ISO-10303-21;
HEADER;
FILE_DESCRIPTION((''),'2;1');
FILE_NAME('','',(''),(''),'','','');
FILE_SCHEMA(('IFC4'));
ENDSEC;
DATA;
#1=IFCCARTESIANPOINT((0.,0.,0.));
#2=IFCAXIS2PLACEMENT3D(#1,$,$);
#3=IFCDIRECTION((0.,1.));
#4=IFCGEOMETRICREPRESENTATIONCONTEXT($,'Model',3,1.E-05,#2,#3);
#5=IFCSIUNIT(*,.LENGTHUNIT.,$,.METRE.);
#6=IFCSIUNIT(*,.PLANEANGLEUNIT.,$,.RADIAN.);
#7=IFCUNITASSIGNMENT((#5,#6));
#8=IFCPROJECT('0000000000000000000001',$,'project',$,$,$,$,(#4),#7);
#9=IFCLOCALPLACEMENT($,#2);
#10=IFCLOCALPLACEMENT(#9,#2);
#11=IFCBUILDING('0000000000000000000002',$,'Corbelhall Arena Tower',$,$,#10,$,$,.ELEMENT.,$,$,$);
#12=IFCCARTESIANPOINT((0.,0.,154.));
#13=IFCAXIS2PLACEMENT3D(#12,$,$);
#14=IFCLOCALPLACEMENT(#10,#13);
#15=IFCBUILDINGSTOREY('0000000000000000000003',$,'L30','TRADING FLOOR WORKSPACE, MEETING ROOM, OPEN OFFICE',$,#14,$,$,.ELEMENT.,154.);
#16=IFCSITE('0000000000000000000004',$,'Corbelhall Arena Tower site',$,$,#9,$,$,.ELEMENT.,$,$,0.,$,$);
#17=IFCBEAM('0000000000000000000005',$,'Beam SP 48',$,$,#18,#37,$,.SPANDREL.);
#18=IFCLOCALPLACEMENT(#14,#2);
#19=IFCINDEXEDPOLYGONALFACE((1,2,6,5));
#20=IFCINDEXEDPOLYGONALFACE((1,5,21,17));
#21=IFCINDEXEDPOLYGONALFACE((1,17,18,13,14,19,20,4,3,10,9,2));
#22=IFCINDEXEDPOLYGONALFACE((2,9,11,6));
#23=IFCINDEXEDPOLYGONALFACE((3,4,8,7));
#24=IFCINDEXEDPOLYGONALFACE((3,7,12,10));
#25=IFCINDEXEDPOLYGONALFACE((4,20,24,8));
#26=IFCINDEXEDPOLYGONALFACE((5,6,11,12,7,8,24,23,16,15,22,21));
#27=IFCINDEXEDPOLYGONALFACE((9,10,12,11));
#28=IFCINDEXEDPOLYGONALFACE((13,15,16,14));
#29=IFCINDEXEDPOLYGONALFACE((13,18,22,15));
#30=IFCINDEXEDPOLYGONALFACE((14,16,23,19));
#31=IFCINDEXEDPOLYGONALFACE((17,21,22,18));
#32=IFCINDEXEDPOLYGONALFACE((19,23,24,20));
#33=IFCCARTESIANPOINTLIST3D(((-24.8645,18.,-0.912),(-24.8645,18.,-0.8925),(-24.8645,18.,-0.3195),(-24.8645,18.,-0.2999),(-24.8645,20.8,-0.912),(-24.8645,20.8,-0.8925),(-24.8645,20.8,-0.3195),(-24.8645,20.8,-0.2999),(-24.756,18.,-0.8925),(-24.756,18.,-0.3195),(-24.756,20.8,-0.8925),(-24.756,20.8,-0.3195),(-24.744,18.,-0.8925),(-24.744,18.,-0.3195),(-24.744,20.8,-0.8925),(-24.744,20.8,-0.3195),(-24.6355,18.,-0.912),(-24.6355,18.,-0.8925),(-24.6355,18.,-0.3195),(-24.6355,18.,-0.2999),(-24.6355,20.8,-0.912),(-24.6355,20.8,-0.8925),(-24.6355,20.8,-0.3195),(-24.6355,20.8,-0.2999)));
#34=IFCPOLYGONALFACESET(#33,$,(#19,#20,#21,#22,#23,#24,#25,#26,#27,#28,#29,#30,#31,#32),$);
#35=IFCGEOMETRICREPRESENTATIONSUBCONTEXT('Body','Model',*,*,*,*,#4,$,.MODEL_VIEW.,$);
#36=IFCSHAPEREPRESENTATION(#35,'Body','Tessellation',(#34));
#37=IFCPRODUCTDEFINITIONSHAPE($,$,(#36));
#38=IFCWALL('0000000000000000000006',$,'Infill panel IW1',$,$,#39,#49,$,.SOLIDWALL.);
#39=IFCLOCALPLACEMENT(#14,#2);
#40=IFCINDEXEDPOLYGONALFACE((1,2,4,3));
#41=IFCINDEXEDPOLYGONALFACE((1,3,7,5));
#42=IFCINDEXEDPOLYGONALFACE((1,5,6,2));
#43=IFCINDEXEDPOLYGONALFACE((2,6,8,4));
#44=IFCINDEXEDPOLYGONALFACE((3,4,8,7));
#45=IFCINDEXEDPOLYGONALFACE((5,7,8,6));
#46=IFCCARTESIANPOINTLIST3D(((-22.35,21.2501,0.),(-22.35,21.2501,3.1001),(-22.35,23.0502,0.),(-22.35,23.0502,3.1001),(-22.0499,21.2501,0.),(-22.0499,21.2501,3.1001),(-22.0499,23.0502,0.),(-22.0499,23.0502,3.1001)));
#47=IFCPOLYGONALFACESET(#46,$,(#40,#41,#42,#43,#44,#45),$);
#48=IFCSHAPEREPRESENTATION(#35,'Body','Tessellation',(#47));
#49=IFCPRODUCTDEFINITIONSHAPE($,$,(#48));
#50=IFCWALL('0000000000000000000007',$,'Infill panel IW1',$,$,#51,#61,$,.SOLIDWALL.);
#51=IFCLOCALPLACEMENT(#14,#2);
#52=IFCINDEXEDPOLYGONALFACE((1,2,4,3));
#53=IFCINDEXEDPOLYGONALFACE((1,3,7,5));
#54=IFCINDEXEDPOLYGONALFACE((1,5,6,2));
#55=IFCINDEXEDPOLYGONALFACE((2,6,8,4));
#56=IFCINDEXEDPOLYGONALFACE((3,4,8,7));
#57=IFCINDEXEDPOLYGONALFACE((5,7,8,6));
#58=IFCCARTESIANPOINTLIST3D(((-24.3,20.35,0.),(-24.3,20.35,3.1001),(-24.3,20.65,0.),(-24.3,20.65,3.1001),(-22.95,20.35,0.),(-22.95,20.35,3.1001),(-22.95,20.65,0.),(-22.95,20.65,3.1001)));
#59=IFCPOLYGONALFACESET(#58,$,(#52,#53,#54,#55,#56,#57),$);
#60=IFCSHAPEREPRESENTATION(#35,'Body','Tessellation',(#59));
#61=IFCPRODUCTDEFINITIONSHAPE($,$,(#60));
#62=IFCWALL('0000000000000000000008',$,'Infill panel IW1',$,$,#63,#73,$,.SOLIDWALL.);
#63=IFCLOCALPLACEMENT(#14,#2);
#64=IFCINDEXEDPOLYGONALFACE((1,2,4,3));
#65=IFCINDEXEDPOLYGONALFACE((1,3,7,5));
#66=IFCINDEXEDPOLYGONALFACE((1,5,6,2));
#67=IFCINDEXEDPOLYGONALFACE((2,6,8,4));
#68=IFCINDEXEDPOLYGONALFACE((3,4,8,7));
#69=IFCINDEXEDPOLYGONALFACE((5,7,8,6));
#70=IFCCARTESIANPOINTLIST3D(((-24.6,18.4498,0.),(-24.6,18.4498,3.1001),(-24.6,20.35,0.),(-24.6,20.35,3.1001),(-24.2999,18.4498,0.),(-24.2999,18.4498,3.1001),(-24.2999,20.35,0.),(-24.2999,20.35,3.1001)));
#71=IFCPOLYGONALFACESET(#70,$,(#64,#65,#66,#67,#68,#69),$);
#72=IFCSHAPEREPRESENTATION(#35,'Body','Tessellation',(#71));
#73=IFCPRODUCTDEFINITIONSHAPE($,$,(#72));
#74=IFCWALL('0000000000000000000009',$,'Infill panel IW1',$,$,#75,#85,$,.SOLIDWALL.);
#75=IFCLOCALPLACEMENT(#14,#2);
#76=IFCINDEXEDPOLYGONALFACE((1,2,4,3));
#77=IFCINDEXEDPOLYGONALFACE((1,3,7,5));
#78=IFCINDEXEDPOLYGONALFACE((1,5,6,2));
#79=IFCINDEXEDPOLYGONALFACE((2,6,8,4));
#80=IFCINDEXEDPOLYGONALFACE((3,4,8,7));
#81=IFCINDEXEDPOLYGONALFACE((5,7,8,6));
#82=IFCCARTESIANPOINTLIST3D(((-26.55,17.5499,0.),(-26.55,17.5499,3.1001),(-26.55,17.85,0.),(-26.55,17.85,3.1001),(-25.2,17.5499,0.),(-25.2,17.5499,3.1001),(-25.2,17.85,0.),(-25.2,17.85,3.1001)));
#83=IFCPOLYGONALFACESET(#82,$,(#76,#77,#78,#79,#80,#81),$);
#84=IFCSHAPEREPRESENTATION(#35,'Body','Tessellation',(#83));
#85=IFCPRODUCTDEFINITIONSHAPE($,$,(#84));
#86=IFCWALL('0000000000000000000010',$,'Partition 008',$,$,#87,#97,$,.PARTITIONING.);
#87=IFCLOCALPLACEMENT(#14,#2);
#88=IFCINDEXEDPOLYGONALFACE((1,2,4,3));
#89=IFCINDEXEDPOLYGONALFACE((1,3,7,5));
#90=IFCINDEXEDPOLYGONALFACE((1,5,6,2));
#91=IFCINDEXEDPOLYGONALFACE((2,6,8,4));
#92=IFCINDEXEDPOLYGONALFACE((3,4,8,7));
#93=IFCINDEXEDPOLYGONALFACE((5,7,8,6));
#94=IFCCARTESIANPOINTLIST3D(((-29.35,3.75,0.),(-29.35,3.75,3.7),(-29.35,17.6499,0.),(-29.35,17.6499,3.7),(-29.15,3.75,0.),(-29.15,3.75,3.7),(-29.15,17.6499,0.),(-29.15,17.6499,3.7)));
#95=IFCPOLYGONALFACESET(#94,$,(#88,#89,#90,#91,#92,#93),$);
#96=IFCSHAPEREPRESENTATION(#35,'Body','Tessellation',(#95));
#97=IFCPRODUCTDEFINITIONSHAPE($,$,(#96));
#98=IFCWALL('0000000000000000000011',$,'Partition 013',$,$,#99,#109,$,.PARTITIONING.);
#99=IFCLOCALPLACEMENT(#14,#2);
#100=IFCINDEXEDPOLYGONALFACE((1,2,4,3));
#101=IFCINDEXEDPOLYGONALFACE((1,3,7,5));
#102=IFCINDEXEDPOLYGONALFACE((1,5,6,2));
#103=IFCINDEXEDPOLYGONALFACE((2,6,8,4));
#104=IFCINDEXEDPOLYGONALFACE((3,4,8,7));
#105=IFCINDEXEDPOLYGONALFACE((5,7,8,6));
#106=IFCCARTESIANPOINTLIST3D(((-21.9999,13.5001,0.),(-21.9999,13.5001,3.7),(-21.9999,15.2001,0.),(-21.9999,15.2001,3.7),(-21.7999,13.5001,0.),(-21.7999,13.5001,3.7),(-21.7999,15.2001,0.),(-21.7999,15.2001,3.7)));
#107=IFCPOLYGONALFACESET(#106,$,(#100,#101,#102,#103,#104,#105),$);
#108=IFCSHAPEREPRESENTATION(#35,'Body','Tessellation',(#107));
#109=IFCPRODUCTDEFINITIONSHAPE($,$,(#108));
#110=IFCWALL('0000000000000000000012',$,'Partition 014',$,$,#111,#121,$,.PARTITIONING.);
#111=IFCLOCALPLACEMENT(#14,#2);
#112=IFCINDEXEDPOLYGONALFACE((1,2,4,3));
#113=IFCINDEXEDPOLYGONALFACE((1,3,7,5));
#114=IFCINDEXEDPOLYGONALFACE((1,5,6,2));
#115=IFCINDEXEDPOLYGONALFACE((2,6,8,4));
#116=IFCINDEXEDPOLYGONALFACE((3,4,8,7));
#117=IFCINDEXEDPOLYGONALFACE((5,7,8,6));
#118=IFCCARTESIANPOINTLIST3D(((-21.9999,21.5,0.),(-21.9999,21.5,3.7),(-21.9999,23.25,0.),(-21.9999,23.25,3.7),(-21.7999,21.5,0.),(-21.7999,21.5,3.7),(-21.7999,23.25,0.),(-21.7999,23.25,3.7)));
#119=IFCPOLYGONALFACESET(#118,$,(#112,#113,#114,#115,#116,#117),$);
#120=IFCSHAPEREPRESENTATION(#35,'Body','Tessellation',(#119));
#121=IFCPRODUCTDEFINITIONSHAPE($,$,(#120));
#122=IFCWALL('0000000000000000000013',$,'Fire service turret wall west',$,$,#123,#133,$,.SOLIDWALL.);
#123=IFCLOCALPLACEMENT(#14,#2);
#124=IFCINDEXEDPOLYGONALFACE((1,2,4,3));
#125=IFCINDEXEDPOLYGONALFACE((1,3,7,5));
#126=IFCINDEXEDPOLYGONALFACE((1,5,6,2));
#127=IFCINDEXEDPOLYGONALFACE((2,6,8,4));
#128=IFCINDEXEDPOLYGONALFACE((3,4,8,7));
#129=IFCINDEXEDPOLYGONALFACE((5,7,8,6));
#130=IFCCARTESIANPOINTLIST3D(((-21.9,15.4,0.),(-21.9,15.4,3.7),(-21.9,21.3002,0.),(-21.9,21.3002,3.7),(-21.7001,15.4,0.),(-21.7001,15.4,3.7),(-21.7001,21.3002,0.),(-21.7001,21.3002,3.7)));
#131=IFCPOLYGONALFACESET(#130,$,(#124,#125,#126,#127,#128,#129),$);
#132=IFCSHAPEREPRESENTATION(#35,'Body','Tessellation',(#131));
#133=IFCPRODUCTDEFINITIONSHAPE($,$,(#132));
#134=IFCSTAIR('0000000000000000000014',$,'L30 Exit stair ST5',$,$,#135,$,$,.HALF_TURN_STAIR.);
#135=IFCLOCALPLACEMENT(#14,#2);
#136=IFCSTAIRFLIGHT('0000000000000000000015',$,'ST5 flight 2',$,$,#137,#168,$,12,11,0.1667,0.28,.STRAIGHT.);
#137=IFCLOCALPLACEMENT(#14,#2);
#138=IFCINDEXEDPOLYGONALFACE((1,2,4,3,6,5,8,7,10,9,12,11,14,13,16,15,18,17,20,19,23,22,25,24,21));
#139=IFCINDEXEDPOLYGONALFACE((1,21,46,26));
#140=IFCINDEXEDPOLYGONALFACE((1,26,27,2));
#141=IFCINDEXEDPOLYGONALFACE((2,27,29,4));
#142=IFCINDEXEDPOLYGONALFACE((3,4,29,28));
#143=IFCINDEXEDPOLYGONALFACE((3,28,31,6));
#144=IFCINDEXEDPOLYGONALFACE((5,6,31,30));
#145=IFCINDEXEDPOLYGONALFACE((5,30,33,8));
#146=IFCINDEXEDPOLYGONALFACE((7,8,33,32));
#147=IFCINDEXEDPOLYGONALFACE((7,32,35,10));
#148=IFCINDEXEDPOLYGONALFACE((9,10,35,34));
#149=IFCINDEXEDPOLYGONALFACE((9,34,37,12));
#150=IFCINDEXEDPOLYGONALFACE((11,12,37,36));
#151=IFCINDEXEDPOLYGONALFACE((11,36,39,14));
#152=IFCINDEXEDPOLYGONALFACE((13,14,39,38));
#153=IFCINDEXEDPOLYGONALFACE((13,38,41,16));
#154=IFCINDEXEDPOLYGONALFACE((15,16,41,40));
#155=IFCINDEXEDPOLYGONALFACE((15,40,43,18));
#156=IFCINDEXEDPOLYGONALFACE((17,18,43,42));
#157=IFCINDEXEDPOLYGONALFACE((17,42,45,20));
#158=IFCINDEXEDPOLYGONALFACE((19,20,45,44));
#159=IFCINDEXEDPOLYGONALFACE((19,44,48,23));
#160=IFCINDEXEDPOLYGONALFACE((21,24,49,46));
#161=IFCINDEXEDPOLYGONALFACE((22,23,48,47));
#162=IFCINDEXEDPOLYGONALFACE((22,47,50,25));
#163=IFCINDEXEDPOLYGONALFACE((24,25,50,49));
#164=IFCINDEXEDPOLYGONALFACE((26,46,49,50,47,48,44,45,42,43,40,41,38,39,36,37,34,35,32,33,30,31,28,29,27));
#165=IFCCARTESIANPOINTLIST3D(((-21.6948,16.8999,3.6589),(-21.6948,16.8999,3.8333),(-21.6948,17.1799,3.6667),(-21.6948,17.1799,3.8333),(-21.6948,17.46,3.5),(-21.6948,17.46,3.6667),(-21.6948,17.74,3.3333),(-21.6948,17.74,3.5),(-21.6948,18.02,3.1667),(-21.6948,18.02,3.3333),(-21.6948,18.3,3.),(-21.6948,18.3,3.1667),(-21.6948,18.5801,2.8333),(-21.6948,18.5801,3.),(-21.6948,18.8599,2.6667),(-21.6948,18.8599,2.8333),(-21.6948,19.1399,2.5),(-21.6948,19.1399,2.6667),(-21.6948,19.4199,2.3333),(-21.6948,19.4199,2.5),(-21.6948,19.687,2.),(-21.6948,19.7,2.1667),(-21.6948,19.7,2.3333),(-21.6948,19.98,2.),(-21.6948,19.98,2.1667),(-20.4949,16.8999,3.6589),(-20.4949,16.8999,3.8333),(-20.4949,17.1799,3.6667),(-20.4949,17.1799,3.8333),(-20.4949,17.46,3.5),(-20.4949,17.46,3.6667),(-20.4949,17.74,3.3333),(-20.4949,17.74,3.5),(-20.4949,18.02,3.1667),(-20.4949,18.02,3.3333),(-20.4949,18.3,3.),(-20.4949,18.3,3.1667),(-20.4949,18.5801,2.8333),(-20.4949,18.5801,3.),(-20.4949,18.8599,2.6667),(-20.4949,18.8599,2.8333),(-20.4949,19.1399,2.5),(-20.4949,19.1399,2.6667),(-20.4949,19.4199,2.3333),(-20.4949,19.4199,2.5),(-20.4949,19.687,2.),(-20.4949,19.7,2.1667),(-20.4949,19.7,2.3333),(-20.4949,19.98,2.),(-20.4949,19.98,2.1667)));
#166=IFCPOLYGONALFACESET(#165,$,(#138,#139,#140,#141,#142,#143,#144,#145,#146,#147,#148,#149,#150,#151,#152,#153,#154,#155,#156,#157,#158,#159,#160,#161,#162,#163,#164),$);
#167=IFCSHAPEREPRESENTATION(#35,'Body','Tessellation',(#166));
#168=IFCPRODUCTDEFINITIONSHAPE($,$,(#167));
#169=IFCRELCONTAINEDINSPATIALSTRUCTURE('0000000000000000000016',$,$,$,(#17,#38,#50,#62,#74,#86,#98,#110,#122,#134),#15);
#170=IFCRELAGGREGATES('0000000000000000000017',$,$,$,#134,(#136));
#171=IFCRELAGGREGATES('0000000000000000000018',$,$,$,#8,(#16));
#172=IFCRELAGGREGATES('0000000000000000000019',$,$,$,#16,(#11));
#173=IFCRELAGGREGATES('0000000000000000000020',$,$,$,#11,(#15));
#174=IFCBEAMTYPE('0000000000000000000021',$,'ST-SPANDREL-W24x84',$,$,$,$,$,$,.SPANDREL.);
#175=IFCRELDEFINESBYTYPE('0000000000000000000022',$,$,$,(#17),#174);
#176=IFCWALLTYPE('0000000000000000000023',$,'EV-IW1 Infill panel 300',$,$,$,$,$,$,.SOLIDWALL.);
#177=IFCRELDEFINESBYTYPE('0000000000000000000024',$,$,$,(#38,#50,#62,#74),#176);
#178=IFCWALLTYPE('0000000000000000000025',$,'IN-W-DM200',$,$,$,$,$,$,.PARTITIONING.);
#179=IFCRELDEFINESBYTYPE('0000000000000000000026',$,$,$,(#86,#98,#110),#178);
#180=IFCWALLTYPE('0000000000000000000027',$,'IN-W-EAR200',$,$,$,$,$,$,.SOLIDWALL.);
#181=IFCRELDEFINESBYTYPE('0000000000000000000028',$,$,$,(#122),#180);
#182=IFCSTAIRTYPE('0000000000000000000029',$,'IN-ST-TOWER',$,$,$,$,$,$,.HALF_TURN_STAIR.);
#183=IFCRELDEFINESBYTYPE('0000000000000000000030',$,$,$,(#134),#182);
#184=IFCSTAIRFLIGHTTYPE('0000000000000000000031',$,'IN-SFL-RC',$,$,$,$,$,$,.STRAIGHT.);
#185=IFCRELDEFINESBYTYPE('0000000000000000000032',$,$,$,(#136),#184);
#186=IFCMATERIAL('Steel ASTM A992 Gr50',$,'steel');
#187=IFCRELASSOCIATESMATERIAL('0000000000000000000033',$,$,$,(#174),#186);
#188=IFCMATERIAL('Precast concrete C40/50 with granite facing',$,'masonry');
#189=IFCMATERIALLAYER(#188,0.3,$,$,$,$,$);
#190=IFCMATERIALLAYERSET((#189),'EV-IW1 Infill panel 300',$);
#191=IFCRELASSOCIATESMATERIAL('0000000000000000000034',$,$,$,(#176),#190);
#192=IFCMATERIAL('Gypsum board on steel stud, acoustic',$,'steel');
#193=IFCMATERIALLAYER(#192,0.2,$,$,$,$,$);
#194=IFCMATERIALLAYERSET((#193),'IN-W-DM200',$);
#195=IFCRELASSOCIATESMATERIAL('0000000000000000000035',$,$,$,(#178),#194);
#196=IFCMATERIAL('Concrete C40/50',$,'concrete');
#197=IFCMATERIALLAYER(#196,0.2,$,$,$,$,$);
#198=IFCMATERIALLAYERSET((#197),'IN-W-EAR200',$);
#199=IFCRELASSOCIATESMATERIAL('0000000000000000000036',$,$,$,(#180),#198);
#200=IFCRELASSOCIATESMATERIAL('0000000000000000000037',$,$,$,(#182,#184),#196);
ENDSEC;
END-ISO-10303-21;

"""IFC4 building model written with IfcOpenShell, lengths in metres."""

from ifc_helpers import new_model, si_unit, direction, frame, frame_2d, origin, origin_2d, place, context, subcontext, project, spatial, polyline, rectangle, i_section, outline, extrude, material, layer, layer_set, material_profile, profile_set, type_object, element, aggregate, save


model = new_model("IFC4")

# Units and contexts
model_context = context("Model", 3, precision=1e-05, world=origin(), true_north=direction((0.0, 1.0)))
body_context = subcontext(model_context, "Body", "Model", "MODEL_VIEW")
ifc_project = project(units=[si_unit("LENGTHUNIT", "METRE"), si_unit("PLANEANGLEUNIT", "RADIAN")], contexts=[model_context])

# Site, building, storey
site_placement = place(None, origin())
site = spatial("IfcSite", under=ifc_project, at=site_placement, Name="Corbelhall Arena Tower site", CompositionType="ELEMENT", RefElevation=0.0)
building_placement = place(site_placement, origin())
building = spatial("IfcBuilding", under=site, at=building_placement, Name="Corbelhall Arena Tower", CompositionType="ELEMENT")
storey_placement = place(building_placement, frame((0.0, 0.0, 154.0)))
storey = spatial("IfcBuildingStorey", under=building, at=storey_placement, Name="L30", Description="TRADING FLOOR WORKSPACE, MEETING ROOM, OPEN OFFICE", CompositionType="ELEMENT", Elevation=154.0)

# Beam
ifc_material_1 = material(Name="Steel ASTM A992 Gr50", Category="steel")
ifc_material_profile_1 = material_profile(ifc_material_1, i_section(OverallWidth=0.229, OverallDepth=0.6121, WebThickness=0.012, FlangeThickness=0.0195, at=origin_2d()))
ifc_profile_set_1 = profile_set([ifc_material_profile_1], Name="Steel ASTM A992 Gr50")
beam_type = type_object("IfcBeamType", Name="ST-SPANDREL-W24x84", PredefinedType="SPANDREL", material=ifc_profile_set_1)
beam_1_placement = place(storey_placement, frame((-24.75, 18.0, -0.606), z_axis=(0.0, 1.0, 0.0), x_axis=(-1.0, 0.0, 0.0)))
element("IfcBeam", 1, at=beam_1_placement, inside=storey, type_object=beam_type, Name="Beam SP 48", PredefinedType="SPANDREL", context=body_context, shape_type="SweptSolid", body=[
    extrude(i_section(OverallWidth=0.229, OverallDepth=0.6121, WebThickness=0.012, FlangeThickness=0.0195, at=origin_2d()), origin(), (0.0, 0.0, 1.0), 2.8),
])

# Walls
ifc_material_2 = material(Name="Precast concrete C40/50 with granite facing", Category="masonry")
ifc_layer_1 = layer(ifc_material_2, 0.3)
ifc_layer_set_1 = layer_set([ifc_layer_1], Name="EV-IW1 Infill panel 300")
wall_type_1 = type_object("IfcWallType", Name="EV-IW1 Infill panel 300", PredefinedType="SOLIDWALL", material=ifc_layer_set_1)
wall_1_placement = place(storey_placement, frame((-22.2, 23.05, 0.0), z_axis=(0.0, 0.0, 1.0), x_axis=(0.0, -1.0, 0.0)))
element("IfcWall", 2, at=wall_1_placement, inside=storey, type_object=wall_type_1, Name="Infill panel IW1", PredefinedType="SOLIDWALL", context=body_context, shape_type="SweptSolid", body=[
    extrude(rectangle(XDim=1.8, YDim=0.3, at=frame_2d((0.8999, 0.0))), origin(), (0.0, 0.0, 1.0), 3.1001),
])
wall_2_placement = place(storey_placement, frame((-22.95, 20.5, 0.0), z_axis=(0.0, 0.0, 1.0), x_axis=(-1.0, 0.0, 0.0)))
element("IfcWall", 3, at=wall_2_placement, inside=storey, type_object=wall_type_1, Name="Infill panel IW1", PredefinedType="SOLIDWALL", context=body_context, shape_type="SweptSolid", body=[
    extrude(rectangle(XDim=1.3501, YDim=0.3, at=frame_2d((0.675, 0.0))), origin(), (0.0, 0.0, 1.0), 3.1001),
])
wall_3_placement = place(storey_placement, frame((-24.45, 20.3501, 0.0), z_axis=(0.0, 0.0, 1.0), x_axis=(0.0, -1.0, 0.0)))
element("IfcWall", 4, at=wall_3_placement, inside=storey, type_object=wall_type_1, Name="Infill panel IW1", PredefinedType="SOLIDWALL", context=body_context, shape_type="SweptSolid", body=[
    extrude(rectangle(XDim=1.9001, YDim=0.3, at=frame_2d((0.9502, 0.0))), origin(), (0.0, 0.0, 1.0), 3.1001),
])
wall_4_placement = place(storey_placement, frame((-25.2, 17.7, 0.0), z_axis=(0.0, 0.0, 1.0), x_axis=(-1.0, 0.0, 0.0)))
element("IfcWall", 5, at=wall_4_placement, inside=storey, type_object=wall_type_1, Name="Infill panel IW1", PredefinedType="SOLIDWALL", context=body_context, shape_type="SweptSolid", body=[
    extrude(rectangle(XDim=1.3501, YDim=0.3, at=frame_2d((0.675, 0.0))), origin(), (0.0, 0.0, 1.0), 3.1001),
])

# Wall
ifc_material_3 = material(Name="Gypsum board on steel stud, acoustic", Category="steel")
ifc_layer_2 = layer(ifc_material_3, 0.2)
ifc_layer_set_2 = layer_set([ifc_layer_2], Name="IN-W-DM200")
wall_type_2 = type_object("IfcWallType", Name="IN-W-DM200", PredefinedType="PARTITIONING", material=ifc_layer_set_2)
wall_5_placement = place(storey_placement, frame((-29.25, 3.75, 0.0), z_axis=(0.0, 0.0, 1.0), x_axis=(0.0, 1.0, 0.0)))
element("IfcWall", 6, at=wall_5_placement, inside=storey, type_object=wall_type_2, Name="Partition 008", PredefinedType="PARTITIONING", context=body_context, shape_type="SweptSolid", body=[
    extrude(rectangle(XDim=13.8999, YDim=0.2, at=frame_2d((6.95, 0.0))), origin(), (0.0, 0.0, 1.0), 3.7),
])

# Walls
wall_6_placement = place(storey_placement, frame((-21.8999, 13.5, 0.0), z_axis=(0.0, 0.0, 1.0), x_axis=(0.0, 1.0, 0.0)))
element("IfcWall", 7, at=wall_6_placement, inside=storey, type_object=wall_type_2, Name="Partition 013", PredefinedType="PARTITIONING", context=body_context, shape_type="SweptSolid", body=[
    extrude(rectangle(XDim=1.7, YDim=0.2, at=frame_2d((0.8501, 0.0))), origin(), (0.0, 0.0, 1.0), 3.7),
])
wall_7_placement = place(storey_placement, frame((-21.8999, 21.5, 0.0), z_axis=(0.0, 0.0, 1.0), x_axis=(0.0, 1.0, 0.0)))
element("IfcWall", 8, at=wall_7_placement, inside=storey, type_object=wall_type_2, Name="Partition 014", PredefinedType="PARTITIONING", context=body_context, shape_type="SweptSolid", body=[
    extrude(rectangle(XDim=1.75, YDim=0.2, at=frame_2d((0.875, 0.0))), origin(), (0.0, 0.0, 1.0), 3.7),
])

# Shared definitions
ifc_material_4 = material(Name="Concrete C40/50", Category="concrete")
ifc_layer_3 = layer(ifc_material_4, 0.2)
ifc_layer_set_3 = layer_set([ifc_layer_3], Name="IN-W-EAR200")
wall_type_3 = type_object("IfcWallType", Name="IN-W-EAR200", PredefinedType="SOLIDWALL", material=ifc_layer_set_3)

# Wall
wall_8_placement = place(storey_placement, frame((-21.8, 15.3999, 0.0), z_axis=(0.0, 0.0, 1.0), x_axis=(0.0, 1.0, 0.0)))
element("IfcWall", 9, at=wall_8_placement, inside=storey, type_object=wall_type_3, Name="Fire service turret wall west", PredefinedType="SOLIDWALL", context=body_context, shape_type="SweptSolid", body=[
    extrude(rectangle(XDim=5.9001, YDim=0.2, at=frame_2d((2.9502, 0.0))), origin(), (0.0, 0.0, 1.0), 3.7),
])

# Stair, stair flight
stair_type = type_object("IfcStairType", Name="IN-ST-TOWER", PredefinedType="HALF_TURN_STAIR", material=ifc_material_4)
stair_placement = place(storey_placement, origin())
stair = element("IfcStair", 10, at=stair_placement, inside=storey, type_object=stair_type, Name="L30 Exit stair ST5", PredefinedType="HALF_TURN_STAIR")
stair_flight_type = type_object("IfcStairFlightType", Name="IN-SFL-RC", PredefinedType="STRAIGHT", material=ifc_material_4)
stair_flight_placement = place(storey_placement, frame((-21.095, 19.98, 2.0), z_axis=(0.0, 0.0, 1.0), x_axis=(0.0, -1.0, 0.0)))
stair_flight = element("IfcStairFlight", 11, at=stair_flight_placement, type_object=stair_flight_type, Name="ST5 flight 2", NumberOfRisers=12, NumberOfTreads=11, PredefinedType="STRAIGHT", RiserHeight=0.1667, TreadLength=0.28, context=body_context, shape_type="SweptSolid", body=[
    extrude(outline(polyline([(0.0, 0.0), (0.0, 0.1667), (0.28, 0.1667), (0.28, 0.3333), (0.5601, 0.3333), (0.5601, 0.5), (0.8401, 0.5), (0.8401, 0.6667), (1.1201, 0.6667), (1.1201, 0.8333), (1.3999, 0.8333), (1.3999, 1.0), (1.6799, 1.0), (1.6799, 1.1667), (1.96, 1.1667), (1.96, 1.3333), (2.24, 1.3333), (2.24, 1.5), (2.52, 1.5), (2.52, 1.6667), (2.8, 1.6667), (2.8, 1.8333), (3.0801, 1.8333), (3.0801, 2.0), (3.0801, 1.6589), (0.293, 0.0), (0.0, 0.0)])), frame((0.0, 0.6001, 0.0), z_axis=(0.0, -1.0, 0.0), x_axis=(1.0, 0.0, 0.0)), (0.0, 0.0, 1.0), 1.2),
])
aggregate(stair, [stair_flight])

save(model, "model.ifc")
